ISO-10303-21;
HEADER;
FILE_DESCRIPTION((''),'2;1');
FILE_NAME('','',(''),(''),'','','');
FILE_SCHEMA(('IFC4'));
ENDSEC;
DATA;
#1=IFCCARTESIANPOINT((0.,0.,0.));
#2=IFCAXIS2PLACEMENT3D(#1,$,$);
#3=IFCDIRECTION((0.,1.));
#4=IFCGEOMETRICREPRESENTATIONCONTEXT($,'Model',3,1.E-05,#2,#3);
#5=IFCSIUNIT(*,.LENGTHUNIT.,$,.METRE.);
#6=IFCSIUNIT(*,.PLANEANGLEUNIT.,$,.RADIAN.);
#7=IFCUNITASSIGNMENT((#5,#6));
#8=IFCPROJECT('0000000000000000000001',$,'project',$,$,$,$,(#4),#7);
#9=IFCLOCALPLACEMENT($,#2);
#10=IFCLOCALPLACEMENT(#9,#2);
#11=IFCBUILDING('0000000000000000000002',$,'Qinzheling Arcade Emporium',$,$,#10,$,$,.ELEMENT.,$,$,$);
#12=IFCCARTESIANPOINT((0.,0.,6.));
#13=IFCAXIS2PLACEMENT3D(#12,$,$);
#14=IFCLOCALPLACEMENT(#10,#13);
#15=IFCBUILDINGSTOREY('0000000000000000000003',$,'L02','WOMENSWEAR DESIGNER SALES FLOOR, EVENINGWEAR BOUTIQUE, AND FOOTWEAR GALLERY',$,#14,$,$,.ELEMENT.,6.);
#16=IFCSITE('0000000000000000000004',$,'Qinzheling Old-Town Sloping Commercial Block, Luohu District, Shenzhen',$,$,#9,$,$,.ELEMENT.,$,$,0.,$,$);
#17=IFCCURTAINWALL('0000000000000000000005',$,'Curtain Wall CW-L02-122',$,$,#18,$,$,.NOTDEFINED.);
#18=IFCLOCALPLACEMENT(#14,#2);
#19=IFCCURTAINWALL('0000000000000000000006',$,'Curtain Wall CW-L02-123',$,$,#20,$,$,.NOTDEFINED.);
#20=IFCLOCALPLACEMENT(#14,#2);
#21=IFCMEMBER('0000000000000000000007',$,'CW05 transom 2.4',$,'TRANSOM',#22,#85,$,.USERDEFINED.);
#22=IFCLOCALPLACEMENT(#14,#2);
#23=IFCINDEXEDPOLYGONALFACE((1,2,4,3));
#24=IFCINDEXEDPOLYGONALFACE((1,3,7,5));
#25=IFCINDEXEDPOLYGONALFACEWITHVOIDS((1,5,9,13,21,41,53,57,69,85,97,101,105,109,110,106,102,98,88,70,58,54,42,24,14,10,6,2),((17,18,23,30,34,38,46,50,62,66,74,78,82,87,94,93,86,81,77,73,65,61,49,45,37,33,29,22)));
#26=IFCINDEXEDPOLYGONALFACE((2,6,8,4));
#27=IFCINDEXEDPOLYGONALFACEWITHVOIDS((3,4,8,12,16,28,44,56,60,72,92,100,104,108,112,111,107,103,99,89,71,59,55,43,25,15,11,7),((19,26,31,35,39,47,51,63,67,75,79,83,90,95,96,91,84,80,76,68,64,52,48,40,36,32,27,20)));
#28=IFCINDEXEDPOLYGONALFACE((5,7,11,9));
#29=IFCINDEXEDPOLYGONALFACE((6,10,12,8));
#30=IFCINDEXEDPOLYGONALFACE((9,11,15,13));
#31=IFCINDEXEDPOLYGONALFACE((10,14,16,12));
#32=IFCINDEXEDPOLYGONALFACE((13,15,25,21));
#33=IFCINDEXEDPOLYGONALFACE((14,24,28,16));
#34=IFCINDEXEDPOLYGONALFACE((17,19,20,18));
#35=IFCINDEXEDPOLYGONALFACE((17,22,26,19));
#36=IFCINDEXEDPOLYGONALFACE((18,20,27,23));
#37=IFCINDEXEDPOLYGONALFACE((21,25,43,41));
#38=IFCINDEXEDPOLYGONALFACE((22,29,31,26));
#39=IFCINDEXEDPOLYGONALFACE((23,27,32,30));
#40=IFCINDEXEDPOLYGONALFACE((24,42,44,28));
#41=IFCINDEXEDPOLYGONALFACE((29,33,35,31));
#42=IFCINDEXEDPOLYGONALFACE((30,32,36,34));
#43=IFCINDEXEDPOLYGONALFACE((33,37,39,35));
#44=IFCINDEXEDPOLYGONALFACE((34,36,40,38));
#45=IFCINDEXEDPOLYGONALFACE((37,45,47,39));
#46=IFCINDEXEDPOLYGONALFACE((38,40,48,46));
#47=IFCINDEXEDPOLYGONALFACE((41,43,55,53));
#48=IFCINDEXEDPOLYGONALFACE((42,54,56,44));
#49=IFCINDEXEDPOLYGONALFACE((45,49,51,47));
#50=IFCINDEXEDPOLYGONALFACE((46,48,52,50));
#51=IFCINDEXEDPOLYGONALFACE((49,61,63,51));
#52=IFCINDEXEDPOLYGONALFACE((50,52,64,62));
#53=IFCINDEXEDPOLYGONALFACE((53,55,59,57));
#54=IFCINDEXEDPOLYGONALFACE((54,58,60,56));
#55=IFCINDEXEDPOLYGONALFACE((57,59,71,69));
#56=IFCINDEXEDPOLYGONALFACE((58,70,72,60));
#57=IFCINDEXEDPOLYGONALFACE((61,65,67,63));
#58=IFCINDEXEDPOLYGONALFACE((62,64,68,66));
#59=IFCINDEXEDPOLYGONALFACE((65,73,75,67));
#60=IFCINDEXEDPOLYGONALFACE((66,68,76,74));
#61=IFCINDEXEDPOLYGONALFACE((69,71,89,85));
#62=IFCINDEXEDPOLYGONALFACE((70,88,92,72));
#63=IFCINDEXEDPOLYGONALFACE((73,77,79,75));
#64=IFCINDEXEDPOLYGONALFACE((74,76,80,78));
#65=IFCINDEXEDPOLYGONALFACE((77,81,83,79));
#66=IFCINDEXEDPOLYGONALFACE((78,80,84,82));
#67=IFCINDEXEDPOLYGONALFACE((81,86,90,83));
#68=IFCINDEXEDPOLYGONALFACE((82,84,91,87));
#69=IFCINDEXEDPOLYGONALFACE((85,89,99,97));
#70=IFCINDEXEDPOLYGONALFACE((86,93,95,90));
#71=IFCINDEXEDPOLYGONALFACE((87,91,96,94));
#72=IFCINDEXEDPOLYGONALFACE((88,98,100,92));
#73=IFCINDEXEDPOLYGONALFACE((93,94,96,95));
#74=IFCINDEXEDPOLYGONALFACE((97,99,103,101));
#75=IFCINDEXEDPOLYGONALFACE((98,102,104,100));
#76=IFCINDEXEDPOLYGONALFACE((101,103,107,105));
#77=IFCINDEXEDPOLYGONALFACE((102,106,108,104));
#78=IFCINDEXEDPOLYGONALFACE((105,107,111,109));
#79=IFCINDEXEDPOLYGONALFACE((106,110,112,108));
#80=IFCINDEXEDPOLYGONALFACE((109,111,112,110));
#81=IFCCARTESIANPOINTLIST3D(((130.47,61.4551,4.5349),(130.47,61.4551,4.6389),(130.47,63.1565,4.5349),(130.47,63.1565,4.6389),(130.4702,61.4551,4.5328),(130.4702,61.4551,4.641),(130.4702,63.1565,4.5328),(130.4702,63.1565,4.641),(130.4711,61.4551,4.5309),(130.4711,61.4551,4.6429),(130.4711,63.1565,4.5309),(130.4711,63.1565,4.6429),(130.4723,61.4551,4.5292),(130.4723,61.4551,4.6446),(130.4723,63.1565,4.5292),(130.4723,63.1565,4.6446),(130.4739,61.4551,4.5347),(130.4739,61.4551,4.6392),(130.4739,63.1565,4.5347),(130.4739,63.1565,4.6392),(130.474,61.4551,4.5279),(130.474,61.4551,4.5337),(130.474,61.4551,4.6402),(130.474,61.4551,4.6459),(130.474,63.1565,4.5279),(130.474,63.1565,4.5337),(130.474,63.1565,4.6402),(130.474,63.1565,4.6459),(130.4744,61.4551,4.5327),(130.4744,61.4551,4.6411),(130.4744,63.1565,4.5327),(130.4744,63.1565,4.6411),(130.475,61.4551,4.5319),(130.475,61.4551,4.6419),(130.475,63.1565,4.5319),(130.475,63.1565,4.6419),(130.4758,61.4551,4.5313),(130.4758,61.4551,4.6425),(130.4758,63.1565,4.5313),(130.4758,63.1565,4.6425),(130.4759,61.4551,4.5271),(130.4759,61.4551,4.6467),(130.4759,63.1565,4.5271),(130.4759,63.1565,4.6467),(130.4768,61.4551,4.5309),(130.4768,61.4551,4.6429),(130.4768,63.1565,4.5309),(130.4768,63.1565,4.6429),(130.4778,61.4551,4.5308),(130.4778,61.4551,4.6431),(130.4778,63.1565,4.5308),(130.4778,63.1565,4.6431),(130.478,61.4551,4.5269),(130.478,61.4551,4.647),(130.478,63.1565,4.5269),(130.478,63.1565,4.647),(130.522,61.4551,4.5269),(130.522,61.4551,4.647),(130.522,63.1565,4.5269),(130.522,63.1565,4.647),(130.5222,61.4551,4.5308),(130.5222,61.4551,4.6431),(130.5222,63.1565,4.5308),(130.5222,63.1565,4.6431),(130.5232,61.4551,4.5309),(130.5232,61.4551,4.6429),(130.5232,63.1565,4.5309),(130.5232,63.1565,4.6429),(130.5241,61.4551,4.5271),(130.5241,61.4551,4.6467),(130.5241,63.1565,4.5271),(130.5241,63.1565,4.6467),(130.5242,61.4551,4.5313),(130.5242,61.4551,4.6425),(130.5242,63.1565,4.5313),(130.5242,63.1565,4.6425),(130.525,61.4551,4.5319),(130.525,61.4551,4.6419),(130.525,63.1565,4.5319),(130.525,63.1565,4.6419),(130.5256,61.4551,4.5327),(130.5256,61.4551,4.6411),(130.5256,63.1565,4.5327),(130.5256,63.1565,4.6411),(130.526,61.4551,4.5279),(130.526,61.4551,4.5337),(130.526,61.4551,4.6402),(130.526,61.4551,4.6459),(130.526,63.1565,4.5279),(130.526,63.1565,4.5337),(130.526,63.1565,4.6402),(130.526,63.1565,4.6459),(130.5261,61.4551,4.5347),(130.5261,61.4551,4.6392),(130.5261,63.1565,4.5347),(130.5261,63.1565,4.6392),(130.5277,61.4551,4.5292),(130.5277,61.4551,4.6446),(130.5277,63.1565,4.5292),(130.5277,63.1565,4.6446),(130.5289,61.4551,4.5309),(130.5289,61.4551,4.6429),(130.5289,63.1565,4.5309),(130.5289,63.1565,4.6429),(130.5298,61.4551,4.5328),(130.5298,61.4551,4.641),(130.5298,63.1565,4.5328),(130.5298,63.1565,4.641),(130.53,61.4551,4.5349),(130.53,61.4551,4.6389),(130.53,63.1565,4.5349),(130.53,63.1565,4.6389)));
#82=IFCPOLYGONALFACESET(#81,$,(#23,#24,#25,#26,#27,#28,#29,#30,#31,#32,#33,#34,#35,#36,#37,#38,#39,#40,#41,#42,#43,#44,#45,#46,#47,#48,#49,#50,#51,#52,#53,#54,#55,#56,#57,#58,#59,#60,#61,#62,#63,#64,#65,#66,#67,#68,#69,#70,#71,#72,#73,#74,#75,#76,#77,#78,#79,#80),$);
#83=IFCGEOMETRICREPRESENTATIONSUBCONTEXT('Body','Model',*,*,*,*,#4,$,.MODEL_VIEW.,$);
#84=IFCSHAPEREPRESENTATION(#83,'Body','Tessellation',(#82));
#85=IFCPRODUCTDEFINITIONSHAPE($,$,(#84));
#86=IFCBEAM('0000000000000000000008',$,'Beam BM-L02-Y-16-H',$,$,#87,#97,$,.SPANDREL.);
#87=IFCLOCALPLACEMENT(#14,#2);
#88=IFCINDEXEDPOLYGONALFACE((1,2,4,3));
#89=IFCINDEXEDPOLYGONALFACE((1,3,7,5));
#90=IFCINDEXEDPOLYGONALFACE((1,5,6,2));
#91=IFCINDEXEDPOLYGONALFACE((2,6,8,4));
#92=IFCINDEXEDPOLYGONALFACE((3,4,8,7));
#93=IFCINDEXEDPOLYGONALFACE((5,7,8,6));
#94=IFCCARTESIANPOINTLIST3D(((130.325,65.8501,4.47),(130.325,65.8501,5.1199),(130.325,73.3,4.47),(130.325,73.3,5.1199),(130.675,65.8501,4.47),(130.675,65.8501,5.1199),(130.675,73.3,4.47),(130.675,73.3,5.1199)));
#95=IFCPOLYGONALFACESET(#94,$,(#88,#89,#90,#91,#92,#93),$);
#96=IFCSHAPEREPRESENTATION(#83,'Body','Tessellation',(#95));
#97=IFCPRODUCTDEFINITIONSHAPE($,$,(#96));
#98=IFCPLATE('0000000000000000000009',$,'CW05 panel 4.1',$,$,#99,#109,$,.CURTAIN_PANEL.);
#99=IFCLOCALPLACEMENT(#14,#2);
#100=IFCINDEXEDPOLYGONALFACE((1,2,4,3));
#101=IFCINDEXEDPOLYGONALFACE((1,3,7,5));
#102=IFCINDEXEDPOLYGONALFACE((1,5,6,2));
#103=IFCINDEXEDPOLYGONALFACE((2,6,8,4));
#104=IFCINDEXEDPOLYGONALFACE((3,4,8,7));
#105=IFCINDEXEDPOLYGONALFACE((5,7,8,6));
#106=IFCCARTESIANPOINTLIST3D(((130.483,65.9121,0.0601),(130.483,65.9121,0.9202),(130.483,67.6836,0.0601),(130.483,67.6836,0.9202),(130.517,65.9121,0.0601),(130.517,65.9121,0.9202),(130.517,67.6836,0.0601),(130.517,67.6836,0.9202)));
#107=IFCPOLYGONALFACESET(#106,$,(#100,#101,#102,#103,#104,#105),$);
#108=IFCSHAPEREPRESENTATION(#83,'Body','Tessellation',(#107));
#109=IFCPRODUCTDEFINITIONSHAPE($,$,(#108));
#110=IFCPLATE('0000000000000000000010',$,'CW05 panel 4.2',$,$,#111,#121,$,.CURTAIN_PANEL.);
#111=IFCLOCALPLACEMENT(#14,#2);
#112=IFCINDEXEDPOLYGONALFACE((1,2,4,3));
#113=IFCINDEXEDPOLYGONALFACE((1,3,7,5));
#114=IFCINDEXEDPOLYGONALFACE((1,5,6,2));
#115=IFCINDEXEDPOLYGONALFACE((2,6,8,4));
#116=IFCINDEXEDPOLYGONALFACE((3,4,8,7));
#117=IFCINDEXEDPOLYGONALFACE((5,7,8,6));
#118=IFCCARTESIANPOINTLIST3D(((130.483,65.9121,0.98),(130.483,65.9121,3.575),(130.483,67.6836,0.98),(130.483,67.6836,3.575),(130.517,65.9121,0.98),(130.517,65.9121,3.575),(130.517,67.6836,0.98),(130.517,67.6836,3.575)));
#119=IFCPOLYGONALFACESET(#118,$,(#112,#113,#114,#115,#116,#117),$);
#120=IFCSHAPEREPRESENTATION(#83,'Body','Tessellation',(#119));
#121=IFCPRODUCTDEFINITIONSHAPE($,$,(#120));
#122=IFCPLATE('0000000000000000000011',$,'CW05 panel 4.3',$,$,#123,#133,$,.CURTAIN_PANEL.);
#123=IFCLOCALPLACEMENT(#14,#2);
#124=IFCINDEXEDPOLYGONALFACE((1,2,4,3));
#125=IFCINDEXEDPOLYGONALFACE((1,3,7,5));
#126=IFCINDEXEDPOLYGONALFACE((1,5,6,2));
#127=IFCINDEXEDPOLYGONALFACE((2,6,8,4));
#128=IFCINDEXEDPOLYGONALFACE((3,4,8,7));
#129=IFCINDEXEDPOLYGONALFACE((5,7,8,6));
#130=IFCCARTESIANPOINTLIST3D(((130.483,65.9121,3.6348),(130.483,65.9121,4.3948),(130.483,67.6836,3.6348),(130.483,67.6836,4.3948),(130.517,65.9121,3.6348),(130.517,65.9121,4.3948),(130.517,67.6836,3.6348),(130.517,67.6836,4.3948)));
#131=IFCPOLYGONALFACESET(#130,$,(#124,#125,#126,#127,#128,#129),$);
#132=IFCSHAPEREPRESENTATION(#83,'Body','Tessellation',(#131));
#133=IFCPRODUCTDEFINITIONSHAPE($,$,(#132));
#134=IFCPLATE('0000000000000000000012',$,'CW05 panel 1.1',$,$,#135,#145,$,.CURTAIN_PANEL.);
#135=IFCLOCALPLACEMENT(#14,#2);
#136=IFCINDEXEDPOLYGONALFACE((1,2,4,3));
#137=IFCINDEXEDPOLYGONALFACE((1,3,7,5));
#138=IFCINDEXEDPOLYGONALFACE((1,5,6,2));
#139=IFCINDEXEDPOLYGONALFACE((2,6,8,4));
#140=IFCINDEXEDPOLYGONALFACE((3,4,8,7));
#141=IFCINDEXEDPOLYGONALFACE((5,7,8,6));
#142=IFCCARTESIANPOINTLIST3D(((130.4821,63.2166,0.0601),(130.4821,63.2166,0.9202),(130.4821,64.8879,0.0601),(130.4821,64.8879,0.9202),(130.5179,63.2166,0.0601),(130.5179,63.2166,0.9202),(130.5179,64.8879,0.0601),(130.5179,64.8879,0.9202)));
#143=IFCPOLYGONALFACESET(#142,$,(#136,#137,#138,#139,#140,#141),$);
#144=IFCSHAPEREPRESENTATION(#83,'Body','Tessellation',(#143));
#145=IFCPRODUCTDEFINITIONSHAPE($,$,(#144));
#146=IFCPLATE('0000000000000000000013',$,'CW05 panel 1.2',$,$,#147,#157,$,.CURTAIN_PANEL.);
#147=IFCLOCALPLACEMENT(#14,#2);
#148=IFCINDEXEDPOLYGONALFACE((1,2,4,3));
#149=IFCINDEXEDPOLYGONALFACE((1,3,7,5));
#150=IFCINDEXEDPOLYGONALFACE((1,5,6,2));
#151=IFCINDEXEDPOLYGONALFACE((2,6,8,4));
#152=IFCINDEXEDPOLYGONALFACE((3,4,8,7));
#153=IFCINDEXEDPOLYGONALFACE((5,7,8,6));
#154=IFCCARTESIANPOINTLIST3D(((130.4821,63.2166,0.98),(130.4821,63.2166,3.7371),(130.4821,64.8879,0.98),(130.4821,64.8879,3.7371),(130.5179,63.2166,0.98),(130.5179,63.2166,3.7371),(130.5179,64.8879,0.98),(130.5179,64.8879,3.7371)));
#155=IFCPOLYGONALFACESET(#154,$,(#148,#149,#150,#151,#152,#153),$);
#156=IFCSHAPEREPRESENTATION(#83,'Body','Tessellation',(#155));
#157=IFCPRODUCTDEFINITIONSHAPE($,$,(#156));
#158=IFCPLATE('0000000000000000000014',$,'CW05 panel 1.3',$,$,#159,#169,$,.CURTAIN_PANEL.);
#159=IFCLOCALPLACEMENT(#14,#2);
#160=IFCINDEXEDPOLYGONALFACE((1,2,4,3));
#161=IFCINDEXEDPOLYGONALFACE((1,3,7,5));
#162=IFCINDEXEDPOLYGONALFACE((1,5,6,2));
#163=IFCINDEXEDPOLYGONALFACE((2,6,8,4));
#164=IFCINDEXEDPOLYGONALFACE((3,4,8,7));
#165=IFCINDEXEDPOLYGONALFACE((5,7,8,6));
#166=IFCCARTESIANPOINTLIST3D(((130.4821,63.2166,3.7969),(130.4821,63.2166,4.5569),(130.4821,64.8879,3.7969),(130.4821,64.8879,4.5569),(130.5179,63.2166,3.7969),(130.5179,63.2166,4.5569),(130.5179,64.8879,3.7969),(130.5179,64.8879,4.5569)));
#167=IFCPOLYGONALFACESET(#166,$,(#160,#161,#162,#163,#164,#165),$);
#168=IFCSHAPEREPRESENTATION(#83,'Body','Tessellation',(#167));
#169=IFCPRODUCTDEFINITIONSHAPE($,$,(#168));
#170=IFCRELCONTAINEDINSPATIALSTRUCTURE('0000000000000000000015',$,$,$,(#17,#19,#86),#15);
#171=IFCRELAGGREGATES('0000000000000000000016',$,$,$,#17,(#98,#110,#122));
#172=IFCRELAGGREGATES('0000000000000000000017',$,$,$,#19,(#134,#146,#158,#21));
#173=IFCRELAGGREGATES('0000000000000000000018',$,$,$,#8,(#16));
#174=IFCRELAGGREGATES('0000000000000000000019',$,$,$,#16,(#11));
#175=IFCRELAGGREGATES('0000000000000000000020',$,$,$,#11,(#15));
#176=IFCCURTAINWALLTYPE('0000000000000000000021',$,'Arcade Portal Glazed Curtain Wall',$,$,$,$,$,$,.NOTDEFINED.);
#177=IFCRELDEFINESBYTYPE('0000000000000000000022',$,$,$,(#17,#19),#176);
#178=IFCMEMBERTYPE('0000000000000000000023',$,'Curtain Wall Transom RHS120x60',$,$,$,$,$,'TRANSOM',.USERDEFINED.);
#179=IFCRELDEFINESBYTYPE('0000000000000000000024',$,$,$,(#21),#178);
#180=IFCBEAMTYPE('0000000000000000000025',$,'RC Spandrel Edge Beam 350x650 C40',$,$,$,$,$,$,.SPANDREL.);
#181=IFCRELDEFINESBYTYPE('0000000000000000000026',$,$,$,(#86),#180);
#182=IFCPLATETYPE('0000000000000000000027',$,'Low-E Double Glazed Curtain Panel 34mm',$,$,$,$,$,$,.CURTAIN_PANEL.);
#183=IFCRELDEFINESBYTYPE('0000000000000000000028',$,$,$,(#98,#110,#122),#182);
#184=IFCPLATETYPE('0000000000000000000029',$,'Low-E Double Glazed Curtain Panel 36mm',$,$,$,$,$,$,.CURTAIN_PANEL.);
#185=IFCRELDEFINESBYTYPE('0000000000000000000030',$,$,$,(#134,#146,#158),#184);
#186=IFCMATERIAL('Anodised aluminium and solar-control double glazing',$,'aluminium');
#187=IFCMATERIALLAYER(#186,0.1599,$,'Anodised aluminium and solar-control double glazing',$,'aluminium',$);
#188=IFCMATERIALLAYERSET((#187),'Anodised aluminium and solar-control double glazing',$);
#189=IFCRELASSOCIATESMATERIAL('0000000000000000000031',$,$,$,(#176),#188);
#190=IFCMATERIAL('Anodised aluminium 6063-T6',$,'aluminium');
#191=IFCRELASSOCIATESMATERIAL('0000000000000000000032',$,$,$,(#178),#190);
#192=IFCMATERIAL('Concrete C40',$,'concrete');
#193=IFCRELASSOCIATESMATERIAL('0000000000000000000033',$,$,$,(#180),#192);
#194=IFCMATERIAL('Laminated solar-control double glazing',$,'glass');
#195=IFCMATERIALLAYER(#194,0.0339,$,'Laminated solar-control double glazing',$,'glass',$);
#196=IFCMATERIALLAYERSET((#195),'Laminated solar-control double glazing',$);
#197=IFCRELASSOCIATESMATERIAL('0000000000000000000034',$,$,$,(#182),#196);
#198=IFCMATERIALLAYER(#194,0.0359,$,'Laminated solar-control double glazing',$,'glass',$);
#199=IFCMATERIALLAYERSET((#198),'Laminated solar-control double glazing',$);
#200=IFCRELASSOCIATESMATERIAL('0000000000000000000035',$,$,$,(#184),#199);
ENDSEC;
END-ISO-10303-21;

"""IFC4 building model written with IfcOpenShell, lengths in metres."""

from ifc_helpers import new_model, si_unit, direction, frame, origin, origin_2d, place, context, subcontext, project, spatial, rectangle, hollow_rectangle, extrude, material, layer, layer_set, material_profile, profile_set, type_object, element, aggregate, save


model = new_model("IFC4")

# Units and contexts
model_context = context("Model", 3, precision=1e-05, world=origin(), true_north=direction((0.0, 1.0)))
body_context = subcontext(model_context, "Body", "Model", "MODEL_VIEW")
ifc_project = project(units=[si_unit("LENGTHUNIT", "METRE"), si_unit("PLANEANGLEUNIT", "RADIAN")], contexts=[model_context])

# Site, building, storey
site_placement = place(None, origin())
site = spatial("IfcSite", under=ifc_project, at=site_placement, Name="Qinzheling Old-Town Sloping Commercial Block, Luohu District, Shenzhen", CompositionType="ELEMENT", RefElevation=0.0)
building_placement = place(site_placement, origin())
building = spatial("IfcBuilding", under=site, at=building_placement, Name="Qinzheling Arcade Emporium", CompositionType="ELEMENT")
storey_placement = place(building_placement, frame((0.0, 0.0, 6.0)))
storey = spatial("IfcBuildingStorey", under=building, at=storey_placement, Name="L02", Description="WOMENSWEAR DESIGNER SALES FLOOR, EVENINGWEAR BOUTIQUE, AND FOOTWEAR GALLERY", CompositionType="ELEMENT", Elevation=6.0)

# Curtain wall
ifc_material_1 = material(Name="Anodised aluminium and solar-control double glazing", Category="aluminium")
ifc_layer_1 = layer(ifc_material_1, 0.1599, Name="Anodised aluminium and solar-control double glazing", Category="aluminium")
ifc_layer_set_1 = layer_set([ifc_layer_1], Name="Anodised aluminium and solar-control double glazing")
curtain_wall_type = type_object("IfcCurtainWallType", Name="Arcade Portal Glazed Curtain Wall", PredefinedType="NOTDEFINED", material=ifc_layer_set_1)
curtain_wall_1_placement = place(storey_placement, origin())
curtain_wall_1 = element("IfcCurtainWall", 1, at=curtain_wall_1_placement, inside=storey, type_object=curtain_wall_type, Name="Curtain Wall CW-L02-122", PredefinedType="NOTDEFINED")
ifc_material_2 = material(Name="Anodised aluminium 6063-T6", Category="aluminium")

# Curtain wall
curtain_wall_2_placement = place(storey_placement, origin())
curtain_wall_2 = element("IfcCurtainWall", 2, at=curtain_wall_2_placement, inside=storey, type_object=curtain_wall_type, Name="Curtain Wall CW-L02-123", PredefinedType="NOTDEFINED")

# Member
ifc_material_profile_1 = material_profile(ifc_material_2, hollow_rectangle(XDim=0.0601, YDim=0.1201, WallThickness=0.0039, InnerFilletRadius=0.0039, OuterFilletRadius=0.0081, at=origin_2d()), Name="RHS 120x60x4", Category="aluminium")
ifc_profile_set_1 = profile_set([ifc_material_profile_1], Name="Anodised aluminium 6063-T6")
member_type_1 = type_object("IfcMemberType", Name="Curtain Wall Transom RHS120x60", ElementType="TRANSOM", PredefinedType="USERDEFINED", material=ifc_profile_set_1)
member_1_placement = place(storey_placement, frame((130.5, 63.1565, 4.5869), z_axis=(0.0, -1.0, 0.0), x_axis=(1.0, 0.0, 0.0)))
member_1 = element("IfcMember", 3, at=member_1_placement, type_object=member_type_1, Name="CW05 transom 2.4", ObjectType="TRANSOM", PredefinedType="USERDEFINED", context=body_context, shape_type="SweptSolid", body=[
    extrude(hollow_rectangle(XDim=0.0601, YDim=0.1201, WallThickness=0.0039, InnerFilletRadius=0.0039, OuterFilletRadius=0.0081, at=origin_2d()), origin(), (0.0, 0.0, 1.0), 1.7014),
])

# Beam
ifc_material_3 = material(Name="Concrete C40", Category="concrete")
ifc_material_profile_2 = material_profile(ifc_material_3, rectangle(XDim=0.3501, YDim=0.6499, at=origin_2d()), Name="RC 350x650", Category="concrete")
ifc_profile_set_2 = profile_set([ifc_material_profile_2], Name="Concrete C40")
beam_type = type_object("IfcBeamType", Name="RC Spandrel Edge Beam 350x650 C40", PredefinedType="SPANDREL", material=ifc_profile_set_2)
beam_placement = place(storey_placement, frame((130.5, 65.8501, 4.7949), z_axis=(0.0, 1.0, 0.0), x_axis=(-1.0, 0.0, 0.0)))
element("IfcBeam", 4, at=beam_placement, inside=storey, type_object=beam_type, Name="Beam BM-L02-Y-16-H", PredefinedType="SPANDREL", context=body_context, shape_type="SweptSolid", body=[
    extrude(rectangle(XDim=0.3501, YDim=0.6499, at=origin_2d()), origin(), (0.0, 0.0, 1.0), 7.45),
])

# Plates
ifc_material_4 = material(Name="Laminated solar-control double glazing", Category="glass")
ifc_layer_2 = layer(ifc_material_4, 0.0339, Name="Laminated solar-control double glazing", Category="glass")
ifc_layer_set_2 = layer_set([ifc_layer_2], Name="Laminated solar-control double glazing")
plate_type_1 = type_object("IfcPlateType", Name="Low-E Double Glazed Curtain Panel 34mm", PredefinedType="CURTAIN_PANEL", material=ifc_layer_set_2)
plate_1_placement = place(storey_placement, frame((130.5, 66.7979, 0.0601), z_axis=(0.0, 0.0, 1.0), x_axis=(0.0, -1.0, 0.0)))
plate_1 = element("IfcPlate", 5, at=plate_1_placement, type_object=plate_type_1, Name="CW05 panel 4.1", PredefinedType="CURTAIN_PANEL", context=body_context, shape_type="SweptSolid", body=[
    extrude(rectangle(XDim=1.7715, YDim=0.0339, at=origin_2d()), origin(), (0.0, 0.0, 1.0), 0.8601),
])
plate_2_placement = place(storey_placement, frame((130.5, 66.7979, 0.98), z_axis=(0.0, 0.0, 1.0), x_axis=(0.0, -1.0, 0.0)))
plate_2 = element("IfcPlate", 6, at=plate_2_placement, type_object=plate_type_1, Name="CW05 panel 4.2", PredefinedType="CURTAIN_PANEL", context=body_context, shape_type="SweptSolid", body=[
    extrude(rectangle(XDim=1.7715, YDim=0.0339, at=origin_2d()), origin(), (0.0, 0.0, 1.0), 2.595),
])
plate_3_placement = place(storey_placement, frame((130.5, 66.7979, 3.6348), z_axis=(0.0, 0.0, 1.0), x_axis=(0.0, -1.0, 0.0)))
plate_3 = element("IfcPlate", 7, at=plate_3_placement, type_object=plate_type_1, Name="CW05 panel 4.3", PredefinedType="CURTAIN_PANEL", context=body_context, shape_type="SweptSolid", body=[
    extrude(rectangle(XDim=1.7715, YDim=0.0339, at=origin_2d()), origin(), (0.0, 0.0, 1.0), 0.76),
])
aggregate(curtain_wall_1, [plate_1, plate_2, plate_3])
ifc_layer_3 = layer(ifc_material_4, 0.0359, Name="Laminated solar-control double glazing", Category="glass")
ifc_layer_set_3 = layer_set([ifc_layer_3], Name="Laminated solar-control double glazing")
plate_type_2 = type_object("IfcPlateType", Name="Low-E Double Glazed Curtain Panel 36mm", PredefinedType="CURTAIN_PANEL", material=ifc_layer_set_3)
plate_4_placement = place(storey_placement, frame((130.5, 64.0522, 0.0601), z_axis=(0.0, 0.0, 1.0), x_axis=(0.0, -1.0, 0.0)))
plate_4 = element("IfcPlate", 8, at=plate_4_placement, type_object=plate_type_2, Name="CW05 panel 1.1", PredefinedType="CURTAIN_PANEL", context=body_context, shape_type="SweptSolid", body=[
    extrude(rectangle(XDim=1.6714, YDim=0.0359, at=origin_2d()), origin(), (0.0, 0.0, 1.0), 0.8601),
])
plate_5_placement = place(storey_placement, frame((130.5, 64.0522, 0.98), z_axis=(0.0, 0.0, 1.0), x_axis=(0.0, -1.0, 0.0)))
plate_5 = element("IfcPlate", 9, at=plate_5_placement, type_object=plate_type_2, Name="CW05 panel 1.2", PredefinedType="CURTAIN_PANEL", context=body_context, shape_type="SweptSolid", body=[
    extrude(rectangle(XDim=1.6714, YDim=0.0359, at=origin_2d()), origin(), (0.0, 0.0, 1.0), 2.7571),
])
plate_6_placement = place(storey_placement, frame((130.5, 64.0522, 3.7969), z_axis=(0.0, 0.0, 1.0), x_axis=(0.0, -1.0, 0.0)))
plate_6 = element("IfcPlate", 10, at=plate_6_placement, type_object=plate_type_2, Name="CW05 panel 1.3", PredefinedType="CURTAIN_PANEL", context=body_context, shape_type="SweptSolid", body=[
    extrude(rectangle(XDim=1.6714, YDim=0.0359, at=origin_2d()), origin(), (0.0, 0.0, 1.0), 0.76),
])
aggregate(curtain_wall_2, [plate_4, plate_5, plate_6, member_1])

save(model, "model.ifc")
